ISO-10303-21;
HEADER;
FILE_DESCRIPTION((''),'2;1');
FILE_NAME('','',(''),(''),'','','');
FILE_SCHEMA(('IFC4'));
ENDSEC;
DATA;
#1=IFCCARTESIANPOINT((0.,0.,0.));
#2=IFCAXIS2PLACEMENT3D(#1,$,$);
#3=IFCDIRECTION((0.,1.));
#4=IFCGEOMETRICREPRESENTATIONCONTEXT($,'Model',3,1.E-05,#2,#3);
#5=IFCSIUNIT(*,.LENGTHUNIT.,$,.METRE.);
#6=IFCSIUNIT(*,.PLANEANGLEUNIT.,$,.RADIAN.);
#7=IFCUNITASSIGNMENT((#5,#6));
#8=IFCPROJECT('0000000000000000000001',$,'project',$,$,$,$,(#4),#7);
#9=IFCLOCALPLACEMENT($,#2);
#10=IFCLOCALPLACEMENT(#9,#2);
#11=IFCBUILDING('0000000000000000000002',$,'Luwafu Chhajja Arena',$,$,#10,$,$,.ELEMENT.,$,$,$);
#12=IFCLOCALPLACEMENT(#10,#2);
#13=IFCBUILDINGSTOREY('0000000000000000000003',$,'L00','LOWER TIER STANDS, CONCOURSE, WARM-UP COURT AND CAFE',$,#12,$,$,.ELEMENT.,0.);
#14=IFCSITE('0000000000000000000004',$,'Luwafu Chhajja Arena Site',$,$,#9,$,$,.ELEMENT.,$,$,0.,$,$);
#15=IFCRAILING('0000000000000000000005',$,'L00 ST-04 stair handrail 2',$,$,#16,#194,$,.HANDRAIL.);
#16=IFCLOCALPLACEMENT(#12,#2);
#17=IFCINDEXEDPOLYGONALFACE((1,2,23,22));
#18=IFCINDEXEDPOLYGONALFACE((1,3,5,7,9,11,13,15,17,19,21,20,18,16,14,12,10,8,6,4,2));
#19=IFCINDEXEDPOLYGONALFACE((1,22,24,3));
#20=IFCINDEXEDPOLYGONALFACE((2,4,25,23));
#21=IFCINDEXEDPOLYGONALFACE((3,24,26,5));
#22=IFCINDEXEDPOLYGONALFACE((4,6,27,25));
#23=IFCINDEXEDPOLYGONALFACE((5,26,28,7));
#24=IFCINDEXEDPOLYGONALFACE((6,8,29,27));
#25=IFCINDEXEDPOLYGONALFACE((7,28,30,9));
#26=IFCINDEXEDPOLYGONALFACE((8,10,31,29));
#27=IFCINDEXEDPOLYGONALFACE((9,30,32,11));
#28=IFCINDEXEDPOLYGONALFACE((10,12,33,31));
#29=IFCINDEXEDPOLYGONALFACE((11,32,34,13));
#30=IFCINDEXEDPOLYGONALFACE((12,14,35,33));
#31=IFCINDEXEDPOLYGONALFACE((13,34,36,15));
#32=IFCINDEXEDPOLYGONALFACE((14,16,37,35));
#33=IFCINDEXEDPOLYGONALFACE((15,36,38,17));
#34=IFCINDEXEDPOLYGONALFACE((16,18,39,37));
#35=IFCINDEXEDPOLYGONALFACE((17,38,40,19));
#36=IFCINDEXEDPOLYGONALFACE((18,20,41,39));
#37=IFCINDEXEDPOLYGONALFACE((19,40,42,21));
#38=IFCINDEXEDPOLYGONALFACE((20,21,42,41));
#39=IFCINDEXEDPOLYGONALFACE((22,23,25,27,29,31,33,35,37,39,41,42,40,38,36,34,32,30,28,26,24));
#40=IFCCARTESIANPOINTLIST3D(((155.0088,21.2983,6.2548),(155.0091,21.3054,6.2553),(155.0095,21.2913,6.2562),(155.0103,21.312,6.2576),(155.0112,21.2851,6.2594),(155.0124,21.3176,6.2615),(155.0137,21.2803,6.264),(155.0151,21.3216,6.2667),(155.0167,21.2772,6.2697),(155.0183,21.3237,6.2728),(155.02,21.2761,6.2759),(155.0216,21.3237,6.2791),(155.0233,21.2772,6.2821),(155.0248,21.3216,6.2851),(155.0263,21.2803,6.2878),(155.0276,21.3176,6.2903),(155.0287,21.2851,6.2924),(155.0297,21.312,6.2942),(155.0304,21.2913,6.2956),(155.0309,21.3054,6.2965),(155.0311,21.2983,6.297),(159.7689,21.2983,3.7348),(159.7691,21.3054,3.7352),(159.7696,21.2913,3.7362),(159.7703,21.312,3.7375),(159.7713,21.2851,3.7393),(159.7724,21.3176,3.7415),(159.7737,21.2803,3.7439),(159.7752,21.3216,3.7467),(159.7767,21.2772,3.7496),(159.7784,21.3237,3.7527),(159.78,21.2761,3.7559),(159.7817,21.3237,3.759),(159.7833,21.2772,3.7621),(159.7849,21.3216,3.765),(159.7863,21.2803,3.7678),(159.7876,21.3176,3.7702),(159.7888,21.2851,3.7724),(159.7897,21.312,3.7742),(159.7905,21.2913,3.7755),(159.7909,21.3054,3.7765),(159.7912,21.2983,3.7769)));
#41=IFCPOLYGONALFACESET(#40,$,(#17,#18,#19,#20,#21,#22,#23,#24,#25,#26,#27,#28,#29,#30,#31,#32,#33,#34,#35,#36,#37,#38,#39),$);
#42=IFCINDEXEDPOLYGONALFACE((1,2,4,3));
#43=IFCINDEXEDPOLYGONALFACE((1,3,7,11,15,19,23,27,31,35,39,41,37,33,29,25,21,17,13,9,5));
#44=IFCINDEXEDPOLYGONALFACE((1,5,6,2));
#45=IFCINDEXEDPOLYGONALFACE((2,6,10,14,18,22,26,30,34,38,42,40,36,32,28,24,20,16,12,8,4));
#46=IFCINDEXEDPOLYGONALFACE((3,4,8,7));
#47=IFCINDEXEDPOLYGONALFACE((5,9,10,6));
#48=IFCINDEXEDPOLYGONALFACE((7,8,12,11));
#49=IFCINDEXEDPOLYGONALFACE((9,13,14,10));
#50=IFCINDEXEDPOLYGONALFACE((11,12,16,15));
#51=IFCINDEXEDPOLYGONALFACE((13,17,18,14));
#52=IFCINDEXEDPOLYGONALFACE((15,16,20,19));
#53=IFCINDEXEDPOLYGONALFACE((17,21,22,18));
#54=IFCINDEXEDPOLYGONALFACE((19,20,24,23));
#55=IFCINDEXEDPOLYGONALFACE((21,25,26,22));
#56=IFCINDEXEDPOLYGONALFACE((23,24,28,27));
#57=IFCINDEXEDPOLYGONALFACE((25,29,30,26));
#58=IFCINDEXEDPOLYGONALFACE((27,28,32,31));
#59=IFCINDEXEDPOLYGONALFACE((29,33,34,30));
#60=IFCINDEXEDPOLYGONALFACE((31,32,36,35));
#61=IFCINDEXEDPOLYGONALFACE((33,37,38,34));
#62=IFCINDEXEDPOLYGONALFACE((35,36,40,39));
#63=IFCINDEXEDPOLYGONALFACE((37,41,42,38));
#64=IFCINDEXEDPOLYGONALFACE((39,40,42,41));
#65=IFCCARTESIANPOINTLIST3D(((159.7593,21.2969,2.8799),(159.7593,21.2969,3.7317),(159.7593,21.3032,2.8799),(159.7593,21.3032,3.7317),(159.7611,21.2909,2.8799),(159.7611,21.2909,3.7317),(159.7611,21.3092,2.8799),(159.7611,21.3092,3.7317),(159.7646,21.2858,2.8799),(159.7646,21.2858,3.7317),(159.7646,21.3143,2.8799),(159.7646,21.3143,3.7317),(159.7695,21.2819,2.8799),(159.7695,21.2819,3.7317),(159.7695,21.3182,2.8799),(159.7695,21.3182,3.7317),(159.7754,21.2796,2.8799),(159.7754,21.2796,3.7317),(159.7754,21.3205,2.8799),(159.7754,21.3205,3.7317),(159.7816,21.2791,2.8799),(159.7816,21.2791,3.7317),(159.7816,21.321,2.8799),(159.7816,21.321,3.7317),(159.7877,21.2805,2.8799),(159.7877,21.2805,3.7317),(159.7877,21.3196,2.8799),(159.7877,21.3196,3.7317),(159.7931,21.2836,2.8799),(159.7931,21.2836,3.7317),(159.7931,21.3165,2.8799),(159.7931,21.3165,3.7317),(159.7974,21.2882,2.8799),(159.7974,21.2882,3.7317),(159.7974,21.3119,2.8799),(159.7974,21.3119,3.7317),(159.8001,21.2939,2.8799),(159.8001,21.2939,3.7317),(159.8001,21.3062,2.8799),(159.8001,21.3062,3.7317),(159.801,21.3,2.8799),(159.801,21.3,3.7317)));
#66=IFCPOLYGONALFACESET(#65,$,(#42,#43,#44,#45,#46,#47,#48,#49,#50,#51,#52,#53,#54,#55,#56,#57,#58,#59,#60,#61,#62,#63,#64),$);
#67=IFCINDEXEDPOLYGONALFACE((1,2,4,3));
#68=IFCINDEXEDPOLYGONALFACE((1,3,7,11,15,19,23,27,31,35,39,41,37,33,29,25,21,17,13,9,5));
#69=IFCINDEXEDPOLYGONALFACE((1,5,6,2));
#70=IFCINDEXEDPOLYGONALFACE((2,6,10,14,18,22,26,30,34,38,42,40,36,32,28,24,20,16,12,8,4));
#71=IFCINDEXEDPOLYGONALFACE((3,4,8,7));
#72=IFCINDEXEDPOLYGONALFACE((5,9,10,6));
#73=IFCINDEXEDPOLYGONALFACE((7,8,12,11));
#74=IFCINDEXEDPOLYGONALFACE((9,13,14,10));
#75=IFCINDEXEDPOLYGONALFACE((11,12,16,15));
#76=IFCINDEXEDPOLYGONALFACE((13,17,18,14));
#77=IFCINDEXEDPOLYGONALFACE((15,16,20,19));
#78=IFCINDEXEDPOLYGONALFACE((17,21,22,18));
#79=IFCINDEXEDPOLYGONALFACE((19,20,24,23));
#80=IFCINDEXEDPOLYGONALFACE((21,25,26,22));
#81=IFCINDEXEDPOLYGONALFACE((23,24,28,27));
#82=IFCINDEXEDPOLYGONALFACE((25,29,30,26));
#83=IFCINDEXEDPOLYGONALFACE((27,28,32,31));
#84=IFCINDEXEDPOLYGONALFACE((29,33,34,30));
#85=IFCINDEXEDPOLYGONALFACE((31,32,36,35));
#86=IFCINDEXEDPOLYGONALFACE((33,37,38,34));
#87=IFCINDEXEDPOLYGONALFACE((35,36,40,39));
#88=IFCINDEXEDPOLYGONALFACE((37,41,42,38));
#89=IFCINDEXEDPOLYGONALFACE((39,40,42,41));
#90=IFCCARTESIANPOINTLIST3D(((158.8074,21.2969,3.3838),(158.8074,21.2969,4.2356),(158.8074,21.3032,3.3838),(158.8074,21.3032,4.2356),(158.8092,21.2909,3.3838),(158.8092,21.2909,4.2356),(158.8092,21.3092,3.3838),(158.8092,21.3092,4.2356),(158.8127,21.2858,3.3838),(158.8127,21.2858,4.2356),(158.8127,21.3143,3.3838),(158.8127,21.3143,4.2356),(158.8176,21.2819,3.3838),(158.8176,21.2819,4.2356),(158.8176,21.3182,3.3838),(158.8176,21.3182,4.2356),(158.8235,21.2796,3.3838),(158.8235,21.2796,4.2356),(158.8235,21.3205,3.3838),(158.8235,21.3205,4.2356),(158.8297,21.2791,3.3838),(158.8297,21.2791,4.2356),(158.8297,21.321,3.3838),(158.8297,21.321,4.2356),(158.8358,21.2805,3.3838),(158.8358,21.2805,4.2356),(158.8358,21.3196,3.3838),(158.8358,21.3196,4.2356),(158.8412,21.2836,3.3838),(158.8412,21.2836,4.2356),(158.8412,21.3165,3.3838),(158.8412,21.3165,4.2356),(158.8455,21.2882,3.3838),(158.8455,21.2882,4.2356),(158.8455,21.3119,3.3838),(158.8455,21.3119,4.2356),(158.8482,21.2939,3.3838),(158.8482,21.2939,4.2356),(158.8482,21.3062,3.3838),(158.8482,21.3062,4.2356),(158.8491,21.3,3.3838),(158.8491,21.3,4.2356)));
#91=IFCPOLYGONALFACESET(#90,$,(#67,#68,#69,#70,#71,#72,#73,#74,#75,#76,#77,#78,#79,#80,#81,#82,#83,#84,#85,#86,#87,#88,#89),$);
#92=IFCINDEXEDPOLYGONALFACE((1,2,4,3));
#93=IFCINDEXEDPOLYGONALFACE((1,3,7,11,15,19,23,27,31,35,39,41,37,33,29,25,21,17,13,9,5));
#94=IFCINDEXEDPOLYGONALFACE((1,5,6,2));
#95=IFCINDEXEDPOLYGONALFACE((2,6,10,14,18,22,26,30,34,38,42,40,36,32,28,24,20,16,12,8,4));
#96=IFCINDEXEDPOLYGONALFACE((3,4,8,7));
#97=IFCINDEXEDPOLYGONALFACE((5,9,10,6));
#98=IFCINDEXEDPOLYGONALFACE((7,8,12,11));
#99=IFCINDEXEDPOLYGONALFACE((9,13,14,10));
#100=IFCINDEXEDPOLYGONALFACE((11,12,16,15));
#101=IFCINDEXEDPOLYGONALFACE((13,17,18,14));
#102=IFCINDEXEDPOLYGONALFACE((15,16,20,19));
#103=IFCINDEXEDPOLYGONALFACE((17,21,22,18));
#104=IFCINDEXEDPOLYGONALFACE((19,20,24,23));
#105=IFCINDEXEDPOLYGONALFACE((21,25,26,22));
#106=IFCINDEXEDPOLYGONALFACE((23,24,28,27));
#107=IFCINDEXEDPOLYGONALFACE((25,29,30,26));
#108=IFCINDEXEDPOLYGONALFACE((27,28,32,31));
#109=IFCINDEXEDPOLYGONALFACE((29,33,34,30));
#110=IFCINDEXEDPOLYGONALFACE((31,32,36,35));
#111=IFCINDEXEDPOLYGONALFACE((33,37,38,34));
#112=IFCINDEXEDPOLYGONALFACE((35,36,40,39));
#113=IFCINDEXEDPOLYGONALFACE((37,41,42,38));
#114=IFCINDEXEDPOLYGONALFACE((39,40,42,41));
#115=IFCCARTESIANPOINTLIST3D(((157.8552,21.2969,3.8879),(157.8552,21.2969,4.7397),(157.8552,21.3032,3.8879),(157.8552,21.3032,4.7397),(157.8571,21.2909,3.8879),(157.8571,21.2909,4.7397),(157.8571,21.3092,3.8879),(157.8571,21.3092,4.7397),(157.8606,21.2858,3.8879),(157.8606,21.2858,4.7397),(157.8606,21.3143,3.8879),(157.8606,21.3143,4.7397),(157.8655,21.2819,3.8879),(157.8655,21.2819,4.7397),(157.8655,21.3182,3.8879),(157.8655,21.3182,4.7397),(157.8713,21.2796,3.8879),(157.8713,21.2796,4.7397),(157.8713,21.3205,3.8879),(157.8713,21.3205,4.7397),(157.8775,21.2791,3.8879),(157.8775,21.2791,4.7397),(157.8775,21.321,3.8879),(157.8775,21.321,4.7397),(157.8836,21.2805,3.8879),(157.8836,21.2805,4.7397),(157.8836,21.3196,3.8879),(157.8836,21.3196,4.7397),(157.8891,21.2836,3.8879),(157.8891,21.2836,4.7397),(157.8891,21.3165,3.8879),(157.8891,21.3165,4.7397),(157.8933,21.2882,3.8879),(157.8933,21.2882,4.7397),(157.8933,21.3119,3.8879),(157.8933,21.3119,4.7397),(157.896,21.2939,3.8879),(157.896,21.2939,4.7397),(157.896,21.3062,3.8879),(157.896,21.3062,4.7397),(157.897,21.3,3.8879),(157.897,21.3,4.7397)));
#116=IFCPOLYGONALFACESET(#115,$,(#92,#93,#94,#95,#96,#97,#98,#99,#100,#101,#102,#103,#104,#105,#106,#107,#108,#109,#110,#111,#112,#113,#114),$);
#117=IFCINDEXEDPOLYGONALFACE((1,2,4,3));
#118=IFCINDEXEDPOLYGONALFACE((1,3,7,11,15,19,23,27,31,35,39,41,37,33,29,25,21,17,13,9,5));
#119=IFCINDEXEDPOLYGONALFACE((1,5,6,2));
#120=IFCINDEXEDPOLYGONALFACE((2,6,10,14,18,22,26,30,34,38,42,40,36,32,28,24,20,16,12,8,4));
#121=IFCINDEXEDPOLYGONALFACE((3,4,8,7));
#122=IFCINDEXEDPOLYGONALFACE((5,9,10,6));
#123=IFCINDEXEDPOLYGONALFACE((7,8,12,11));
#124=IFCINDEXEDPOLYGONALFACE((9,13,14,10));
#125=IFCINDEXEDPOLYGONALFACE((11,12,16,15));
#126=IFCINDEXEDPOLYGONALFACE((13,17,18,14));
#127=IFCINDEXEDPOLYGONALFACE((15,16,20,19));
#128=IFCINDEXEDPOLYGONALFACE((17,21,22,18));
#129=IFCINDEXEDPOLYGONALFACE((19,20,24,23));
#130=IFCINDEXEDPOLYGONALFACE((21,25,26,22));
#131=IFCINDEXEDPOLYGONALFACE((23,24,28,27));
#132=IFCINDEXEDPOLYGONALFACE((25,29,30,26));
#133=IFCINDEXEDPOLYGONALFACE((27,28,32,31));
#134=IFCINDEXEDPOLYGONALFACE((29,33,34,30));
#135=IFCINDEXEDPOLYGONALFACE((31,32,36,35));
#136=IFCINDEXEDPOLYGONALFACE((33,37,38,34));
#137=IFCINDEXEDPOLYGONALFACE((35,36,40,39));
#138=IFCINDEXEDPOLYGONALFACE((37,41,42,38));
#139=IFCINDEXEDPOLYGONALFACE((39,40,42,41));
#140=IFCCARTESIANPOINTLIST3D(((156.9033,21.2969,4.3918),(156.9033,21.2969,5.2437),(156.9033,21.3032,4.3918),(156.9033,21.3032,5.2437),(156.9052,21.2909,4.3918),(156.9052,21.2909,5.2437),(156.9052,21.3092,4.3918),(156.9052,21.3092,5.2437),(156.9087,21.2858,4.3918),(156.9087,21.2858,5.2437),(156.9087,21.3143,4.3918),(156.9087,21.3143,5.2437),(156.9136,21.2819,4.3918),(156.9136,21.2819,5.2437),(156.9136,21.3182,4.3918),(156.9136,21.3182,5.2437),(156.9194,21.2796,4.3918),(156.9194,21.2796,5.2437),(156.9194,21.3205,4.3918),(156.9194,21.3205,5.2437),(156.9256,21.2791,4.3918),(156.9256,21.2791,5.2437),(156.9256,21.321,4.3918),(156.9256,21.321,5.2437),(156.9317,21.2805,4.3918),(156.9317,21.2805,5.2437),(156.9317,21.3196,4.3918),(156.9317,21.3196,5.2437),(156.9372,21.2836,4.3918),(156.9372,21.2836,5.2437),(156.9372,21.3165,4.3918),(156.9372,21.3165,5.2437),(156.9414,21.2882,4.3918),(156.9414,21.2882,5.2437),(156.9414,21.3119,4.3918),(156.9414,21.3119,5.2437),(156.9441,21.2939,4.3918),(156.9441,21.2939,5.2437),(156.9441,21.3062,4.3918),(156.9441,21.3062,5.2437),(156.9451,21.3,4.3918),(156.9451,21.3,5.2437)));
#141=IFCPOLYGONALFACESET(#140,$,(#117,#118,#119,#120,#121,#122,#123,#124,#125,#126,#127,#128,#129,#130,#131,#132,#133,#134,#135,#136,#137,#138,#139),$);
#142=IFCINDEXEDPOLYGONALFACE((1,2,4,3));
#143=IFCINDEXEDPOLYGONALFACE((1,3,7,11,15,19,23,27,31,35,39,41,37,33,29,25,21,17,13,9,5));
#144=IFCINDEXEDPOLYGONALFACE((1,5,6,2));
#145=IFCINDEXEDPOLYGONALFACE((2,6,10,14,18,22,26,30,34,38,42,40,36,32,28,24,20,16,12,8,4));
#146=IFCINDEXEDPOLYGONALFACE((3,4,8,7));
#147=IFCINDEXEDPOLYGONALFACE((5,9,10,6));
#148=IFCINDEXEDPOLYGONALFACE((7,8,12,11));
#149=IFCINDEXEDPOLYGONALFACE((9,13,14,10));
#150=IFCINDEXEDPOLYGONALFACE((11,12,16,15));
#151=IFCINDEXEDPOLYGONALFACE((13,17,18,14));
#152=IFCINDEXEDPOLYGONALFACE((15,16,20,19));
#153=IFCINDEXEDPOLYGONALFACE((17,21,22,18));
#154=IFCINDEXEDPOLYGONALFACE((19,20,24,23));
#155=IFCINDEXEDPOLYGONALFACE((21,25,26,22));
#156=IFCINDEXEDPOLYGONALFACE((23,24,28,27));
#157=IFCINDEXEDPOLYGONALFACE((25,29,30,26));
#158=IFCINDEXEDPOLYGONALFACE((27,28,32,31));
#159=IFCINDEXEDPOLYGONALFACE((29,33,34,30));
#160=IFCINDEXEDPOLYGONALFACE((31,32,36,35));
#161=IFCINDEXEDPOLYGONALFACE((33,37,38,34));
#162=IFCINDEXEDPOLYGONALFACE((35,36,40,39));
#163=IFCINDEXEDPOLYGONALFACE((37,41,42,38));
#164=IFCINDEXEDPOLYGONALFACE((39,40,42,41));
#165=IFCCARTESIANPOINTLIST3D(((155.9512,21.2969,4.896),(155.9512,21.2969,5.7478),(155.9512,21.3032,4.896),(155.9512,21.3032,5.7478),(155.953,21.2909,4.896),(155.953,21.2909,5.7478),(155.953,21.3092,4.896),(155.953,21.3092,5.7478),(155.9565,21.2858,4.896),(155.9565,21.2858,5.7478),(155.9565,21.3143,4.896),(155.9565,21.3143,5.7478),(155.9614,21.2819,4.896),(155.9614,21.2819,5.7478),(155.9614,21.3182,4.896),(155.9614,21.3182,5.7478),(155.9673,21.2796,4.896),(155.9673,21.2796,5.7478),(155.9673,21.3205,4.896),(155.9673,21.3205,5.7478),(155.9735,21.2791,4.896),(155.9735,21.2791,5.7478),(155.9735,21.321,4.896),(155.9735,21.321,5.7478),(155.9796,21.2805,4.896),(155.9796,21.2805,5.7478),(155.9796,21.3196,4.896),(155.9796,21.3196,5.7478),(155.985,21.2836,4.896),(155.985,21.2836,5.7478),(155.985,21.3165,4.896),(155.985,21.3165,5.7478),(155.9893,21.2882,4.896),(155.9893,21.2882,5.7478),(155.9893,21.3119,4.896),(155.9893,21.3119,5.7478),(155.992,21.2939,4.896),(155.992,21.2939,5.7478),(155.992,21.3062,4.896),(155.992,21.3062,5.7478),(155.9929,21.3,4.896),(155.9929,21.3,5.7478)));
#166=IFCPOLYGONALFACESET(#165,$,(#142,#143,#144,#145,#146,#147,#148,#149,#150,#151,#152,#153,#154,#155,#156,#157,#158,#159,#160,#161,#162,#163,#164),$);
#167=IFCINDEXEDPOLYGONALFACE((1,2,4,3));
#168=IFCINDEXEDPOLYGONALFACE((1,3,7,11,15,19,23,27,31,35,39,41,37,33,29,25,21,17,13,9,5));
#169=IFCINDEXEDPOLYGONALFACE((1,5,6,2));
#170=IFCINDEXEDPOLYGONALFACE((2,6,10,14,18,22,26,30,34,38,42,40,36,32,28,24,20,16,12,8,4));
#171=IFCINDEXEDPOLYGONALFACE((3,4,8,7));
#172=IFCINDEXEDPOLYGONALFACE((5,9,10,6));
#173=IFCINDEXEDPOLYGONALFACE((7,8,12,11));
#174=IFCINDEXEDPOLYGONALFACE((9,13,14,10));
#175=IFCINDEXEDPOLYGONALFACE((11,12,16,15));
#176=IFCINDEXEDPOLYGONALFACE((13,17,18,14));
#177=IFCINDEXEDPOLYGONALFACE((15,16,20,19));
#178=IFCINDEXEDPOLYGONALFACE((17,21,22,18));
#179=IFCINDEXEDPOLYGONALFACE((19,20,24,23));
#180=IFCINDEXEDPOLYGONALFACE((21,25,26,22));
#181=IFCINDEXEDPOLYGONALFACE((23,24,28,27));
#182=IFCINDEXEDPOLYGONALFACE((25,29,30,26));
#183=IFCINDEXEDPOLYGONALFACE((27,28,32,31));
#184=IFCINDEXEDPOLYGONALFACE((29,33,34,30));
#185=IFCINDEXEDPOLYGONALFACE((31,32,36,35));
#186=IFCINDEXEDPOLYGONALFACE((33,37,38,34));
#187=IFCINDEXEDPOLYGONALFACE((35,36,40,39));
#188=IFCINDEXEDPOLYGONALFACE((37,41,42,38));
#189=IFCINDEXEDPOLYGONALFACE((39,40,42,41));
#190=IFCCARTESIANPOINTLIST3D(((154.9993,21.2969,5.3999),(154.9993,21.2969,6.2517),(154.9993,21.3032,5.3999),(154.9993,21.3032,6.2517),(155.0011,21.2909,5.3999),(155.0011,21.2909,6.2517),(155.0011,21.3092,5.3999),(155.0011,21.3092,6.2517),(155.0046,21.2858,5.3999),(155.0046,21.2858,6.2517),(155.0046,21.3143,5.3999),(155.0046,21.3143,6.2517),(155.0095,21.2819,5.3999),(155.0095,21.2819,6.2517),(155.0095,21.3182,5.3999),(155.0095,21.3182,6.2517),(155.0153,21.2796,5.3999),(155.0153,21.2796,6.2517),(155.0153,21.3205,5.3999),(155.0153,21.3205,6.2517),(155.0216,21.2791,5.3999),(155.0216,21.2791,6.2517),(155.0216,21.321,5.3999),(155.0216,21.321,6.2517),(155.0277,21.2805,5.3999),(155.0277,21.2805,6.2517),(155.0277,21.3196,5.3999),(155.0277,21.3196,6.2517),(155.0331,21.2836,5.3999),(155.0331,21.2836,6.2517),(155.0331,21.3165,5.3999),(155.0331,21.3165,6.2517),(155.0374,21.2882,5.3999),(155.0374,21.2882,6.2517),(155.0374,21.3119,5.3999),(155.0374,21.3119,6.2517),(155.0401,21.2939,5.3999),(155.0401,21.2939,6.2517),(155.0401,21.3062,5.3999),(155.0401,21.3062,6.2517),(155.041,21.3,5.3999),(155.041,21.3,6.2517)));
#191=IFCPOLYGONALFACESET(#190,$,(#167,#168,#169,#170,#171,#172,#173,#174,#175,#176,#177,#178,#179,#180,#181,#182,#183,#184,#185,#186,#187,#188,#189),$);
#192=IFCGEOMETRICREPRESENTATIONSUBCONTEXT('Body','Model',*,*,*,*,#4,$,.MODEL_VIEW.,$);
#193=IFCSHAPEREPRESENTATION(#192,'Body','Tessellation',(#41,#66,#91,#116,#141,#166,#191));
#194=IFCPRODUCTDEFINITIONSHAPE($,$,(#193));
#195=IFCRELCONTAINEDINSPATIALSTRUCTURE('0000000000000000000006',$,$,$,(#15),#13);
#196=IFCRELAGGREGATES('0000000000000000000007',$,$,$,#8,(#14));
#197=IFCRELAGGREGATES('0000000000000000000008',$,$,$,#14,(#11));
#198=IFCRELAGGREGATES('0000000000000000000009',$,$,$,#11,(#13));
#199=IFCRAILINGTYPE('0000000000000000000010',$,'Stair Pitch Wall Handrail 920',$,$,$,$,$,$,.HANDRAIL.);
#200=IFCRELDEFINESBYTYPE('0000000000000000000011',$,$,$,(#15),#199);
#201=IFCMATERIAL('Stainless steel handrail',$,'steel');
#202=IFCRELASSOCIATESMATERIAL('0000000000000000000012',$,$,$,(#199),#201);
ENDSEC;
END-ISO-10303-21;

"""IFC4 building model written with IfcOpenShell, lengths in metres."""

from ifc_helpers import new_model, si_unit, direction, frame, origin, origin_2d, place, context, subcontext, project, spatial, circle, extrude, material, type_object, element, save


model = new_model("IFC4")

# Units and contexts
model_context = context("Model", 3, precision=1e-05, world=origin(), true_north=direction((0.0, 1.0)))
body_context = subcontext(model_context, "Body", "Model", "MODEL_VIEW")
ifc_project = project(units=[si_unit("LENGTHUNIT", "METRE"), si_unit("PLANEANGLEUNIT", "RADIAN")], contexts=[model_context])

# Site, building, storey
site_placement = place(None, origin())
site = spatial("IfcSite", under=ifc_project, at=site_placement, Name="Luwafu Chhajja Arena Site", CompositionType="ELEMENT", RefElevation=0.0)
building_placement = place(site_placement, origin())
building = spatial("IfcBuilding", under=site, at=building_placement, Name="Luwafu Chhajja Arena", CompositionType="ELEMENT")
storey_placement = place(building_placement, origin())
storey = spatial("IfcBuildingStorey", under=building, at=storey_placement, Name="L00", Description="LOWER TIER STANDS, CONCOURSE, WARM-UP COURT AND CAFE", CompositionType="ELEMENT", Elevation=0.0)

# Railing
ifc_material_1 = material(Name="Stainless steel handrail", Category="steel")
railing_type_1 = type_object("IfcRailingType", Name="Stair Pitch Wall Handrail 920", PredefinedType="HANDRAIL", material=ifc_material_1)
railing_1_placement = place(storey_placement, frame((159.78, 21.3, 2.8799)))
element("IfcRailing", 1, at=railing_1_placement, inside=storey, type_object=railing_type_1, Name="L00 ST-04 stair handrail 2", PredefinedType="HANDRAIL", context=body_context, shape_type="SweptSolid", body=[
    extrude(circle(Radius=0.0239, at=origin_2d()), frame((0.0, 0.0, 0.876), z_axis=(-0.883787, 0.0, 0.46789), x_axis=(0.0, -1.0, 0.0)), (0.0, 0.0, 1.0), 5.386),
    extrude(circle(Radius=0.021, at=origin_2d()), origin(), (0.0, 0.0, 1.0), 0.8518),
    extrude(circle(Radius=0.021, at=origin_2d()), frame((-0.9519, 0.0, 0.5039)), (0.0, 0.0, 1.0), 0.8518),
    extrude(circle(Radius=0.021, at=origin_2d()), frame((-1.9041, 0.0, 1.0081)), (0.0, 0.0, 1.0), 0.8518),
    extrude(circle(Radius=0.021, at=origin_2d()), frame((-2.856, 0.0, 1.512)), (0.0, 0.0, 1.0), 0.8518),
    extrude(circle(Radius=0.021, at=origin_2d()), frame((-3.8081, 0.0, 2.0161)), (0.0, 0.0, 1.0), 0.8518),
    extrude(circle(Radius=0.021, at=origin_2d()), frame((-4.76, 0.0, 2.52)), (0.0, 0.0, 1.0), 0.8518),
])

save(model, "model.ifc")
